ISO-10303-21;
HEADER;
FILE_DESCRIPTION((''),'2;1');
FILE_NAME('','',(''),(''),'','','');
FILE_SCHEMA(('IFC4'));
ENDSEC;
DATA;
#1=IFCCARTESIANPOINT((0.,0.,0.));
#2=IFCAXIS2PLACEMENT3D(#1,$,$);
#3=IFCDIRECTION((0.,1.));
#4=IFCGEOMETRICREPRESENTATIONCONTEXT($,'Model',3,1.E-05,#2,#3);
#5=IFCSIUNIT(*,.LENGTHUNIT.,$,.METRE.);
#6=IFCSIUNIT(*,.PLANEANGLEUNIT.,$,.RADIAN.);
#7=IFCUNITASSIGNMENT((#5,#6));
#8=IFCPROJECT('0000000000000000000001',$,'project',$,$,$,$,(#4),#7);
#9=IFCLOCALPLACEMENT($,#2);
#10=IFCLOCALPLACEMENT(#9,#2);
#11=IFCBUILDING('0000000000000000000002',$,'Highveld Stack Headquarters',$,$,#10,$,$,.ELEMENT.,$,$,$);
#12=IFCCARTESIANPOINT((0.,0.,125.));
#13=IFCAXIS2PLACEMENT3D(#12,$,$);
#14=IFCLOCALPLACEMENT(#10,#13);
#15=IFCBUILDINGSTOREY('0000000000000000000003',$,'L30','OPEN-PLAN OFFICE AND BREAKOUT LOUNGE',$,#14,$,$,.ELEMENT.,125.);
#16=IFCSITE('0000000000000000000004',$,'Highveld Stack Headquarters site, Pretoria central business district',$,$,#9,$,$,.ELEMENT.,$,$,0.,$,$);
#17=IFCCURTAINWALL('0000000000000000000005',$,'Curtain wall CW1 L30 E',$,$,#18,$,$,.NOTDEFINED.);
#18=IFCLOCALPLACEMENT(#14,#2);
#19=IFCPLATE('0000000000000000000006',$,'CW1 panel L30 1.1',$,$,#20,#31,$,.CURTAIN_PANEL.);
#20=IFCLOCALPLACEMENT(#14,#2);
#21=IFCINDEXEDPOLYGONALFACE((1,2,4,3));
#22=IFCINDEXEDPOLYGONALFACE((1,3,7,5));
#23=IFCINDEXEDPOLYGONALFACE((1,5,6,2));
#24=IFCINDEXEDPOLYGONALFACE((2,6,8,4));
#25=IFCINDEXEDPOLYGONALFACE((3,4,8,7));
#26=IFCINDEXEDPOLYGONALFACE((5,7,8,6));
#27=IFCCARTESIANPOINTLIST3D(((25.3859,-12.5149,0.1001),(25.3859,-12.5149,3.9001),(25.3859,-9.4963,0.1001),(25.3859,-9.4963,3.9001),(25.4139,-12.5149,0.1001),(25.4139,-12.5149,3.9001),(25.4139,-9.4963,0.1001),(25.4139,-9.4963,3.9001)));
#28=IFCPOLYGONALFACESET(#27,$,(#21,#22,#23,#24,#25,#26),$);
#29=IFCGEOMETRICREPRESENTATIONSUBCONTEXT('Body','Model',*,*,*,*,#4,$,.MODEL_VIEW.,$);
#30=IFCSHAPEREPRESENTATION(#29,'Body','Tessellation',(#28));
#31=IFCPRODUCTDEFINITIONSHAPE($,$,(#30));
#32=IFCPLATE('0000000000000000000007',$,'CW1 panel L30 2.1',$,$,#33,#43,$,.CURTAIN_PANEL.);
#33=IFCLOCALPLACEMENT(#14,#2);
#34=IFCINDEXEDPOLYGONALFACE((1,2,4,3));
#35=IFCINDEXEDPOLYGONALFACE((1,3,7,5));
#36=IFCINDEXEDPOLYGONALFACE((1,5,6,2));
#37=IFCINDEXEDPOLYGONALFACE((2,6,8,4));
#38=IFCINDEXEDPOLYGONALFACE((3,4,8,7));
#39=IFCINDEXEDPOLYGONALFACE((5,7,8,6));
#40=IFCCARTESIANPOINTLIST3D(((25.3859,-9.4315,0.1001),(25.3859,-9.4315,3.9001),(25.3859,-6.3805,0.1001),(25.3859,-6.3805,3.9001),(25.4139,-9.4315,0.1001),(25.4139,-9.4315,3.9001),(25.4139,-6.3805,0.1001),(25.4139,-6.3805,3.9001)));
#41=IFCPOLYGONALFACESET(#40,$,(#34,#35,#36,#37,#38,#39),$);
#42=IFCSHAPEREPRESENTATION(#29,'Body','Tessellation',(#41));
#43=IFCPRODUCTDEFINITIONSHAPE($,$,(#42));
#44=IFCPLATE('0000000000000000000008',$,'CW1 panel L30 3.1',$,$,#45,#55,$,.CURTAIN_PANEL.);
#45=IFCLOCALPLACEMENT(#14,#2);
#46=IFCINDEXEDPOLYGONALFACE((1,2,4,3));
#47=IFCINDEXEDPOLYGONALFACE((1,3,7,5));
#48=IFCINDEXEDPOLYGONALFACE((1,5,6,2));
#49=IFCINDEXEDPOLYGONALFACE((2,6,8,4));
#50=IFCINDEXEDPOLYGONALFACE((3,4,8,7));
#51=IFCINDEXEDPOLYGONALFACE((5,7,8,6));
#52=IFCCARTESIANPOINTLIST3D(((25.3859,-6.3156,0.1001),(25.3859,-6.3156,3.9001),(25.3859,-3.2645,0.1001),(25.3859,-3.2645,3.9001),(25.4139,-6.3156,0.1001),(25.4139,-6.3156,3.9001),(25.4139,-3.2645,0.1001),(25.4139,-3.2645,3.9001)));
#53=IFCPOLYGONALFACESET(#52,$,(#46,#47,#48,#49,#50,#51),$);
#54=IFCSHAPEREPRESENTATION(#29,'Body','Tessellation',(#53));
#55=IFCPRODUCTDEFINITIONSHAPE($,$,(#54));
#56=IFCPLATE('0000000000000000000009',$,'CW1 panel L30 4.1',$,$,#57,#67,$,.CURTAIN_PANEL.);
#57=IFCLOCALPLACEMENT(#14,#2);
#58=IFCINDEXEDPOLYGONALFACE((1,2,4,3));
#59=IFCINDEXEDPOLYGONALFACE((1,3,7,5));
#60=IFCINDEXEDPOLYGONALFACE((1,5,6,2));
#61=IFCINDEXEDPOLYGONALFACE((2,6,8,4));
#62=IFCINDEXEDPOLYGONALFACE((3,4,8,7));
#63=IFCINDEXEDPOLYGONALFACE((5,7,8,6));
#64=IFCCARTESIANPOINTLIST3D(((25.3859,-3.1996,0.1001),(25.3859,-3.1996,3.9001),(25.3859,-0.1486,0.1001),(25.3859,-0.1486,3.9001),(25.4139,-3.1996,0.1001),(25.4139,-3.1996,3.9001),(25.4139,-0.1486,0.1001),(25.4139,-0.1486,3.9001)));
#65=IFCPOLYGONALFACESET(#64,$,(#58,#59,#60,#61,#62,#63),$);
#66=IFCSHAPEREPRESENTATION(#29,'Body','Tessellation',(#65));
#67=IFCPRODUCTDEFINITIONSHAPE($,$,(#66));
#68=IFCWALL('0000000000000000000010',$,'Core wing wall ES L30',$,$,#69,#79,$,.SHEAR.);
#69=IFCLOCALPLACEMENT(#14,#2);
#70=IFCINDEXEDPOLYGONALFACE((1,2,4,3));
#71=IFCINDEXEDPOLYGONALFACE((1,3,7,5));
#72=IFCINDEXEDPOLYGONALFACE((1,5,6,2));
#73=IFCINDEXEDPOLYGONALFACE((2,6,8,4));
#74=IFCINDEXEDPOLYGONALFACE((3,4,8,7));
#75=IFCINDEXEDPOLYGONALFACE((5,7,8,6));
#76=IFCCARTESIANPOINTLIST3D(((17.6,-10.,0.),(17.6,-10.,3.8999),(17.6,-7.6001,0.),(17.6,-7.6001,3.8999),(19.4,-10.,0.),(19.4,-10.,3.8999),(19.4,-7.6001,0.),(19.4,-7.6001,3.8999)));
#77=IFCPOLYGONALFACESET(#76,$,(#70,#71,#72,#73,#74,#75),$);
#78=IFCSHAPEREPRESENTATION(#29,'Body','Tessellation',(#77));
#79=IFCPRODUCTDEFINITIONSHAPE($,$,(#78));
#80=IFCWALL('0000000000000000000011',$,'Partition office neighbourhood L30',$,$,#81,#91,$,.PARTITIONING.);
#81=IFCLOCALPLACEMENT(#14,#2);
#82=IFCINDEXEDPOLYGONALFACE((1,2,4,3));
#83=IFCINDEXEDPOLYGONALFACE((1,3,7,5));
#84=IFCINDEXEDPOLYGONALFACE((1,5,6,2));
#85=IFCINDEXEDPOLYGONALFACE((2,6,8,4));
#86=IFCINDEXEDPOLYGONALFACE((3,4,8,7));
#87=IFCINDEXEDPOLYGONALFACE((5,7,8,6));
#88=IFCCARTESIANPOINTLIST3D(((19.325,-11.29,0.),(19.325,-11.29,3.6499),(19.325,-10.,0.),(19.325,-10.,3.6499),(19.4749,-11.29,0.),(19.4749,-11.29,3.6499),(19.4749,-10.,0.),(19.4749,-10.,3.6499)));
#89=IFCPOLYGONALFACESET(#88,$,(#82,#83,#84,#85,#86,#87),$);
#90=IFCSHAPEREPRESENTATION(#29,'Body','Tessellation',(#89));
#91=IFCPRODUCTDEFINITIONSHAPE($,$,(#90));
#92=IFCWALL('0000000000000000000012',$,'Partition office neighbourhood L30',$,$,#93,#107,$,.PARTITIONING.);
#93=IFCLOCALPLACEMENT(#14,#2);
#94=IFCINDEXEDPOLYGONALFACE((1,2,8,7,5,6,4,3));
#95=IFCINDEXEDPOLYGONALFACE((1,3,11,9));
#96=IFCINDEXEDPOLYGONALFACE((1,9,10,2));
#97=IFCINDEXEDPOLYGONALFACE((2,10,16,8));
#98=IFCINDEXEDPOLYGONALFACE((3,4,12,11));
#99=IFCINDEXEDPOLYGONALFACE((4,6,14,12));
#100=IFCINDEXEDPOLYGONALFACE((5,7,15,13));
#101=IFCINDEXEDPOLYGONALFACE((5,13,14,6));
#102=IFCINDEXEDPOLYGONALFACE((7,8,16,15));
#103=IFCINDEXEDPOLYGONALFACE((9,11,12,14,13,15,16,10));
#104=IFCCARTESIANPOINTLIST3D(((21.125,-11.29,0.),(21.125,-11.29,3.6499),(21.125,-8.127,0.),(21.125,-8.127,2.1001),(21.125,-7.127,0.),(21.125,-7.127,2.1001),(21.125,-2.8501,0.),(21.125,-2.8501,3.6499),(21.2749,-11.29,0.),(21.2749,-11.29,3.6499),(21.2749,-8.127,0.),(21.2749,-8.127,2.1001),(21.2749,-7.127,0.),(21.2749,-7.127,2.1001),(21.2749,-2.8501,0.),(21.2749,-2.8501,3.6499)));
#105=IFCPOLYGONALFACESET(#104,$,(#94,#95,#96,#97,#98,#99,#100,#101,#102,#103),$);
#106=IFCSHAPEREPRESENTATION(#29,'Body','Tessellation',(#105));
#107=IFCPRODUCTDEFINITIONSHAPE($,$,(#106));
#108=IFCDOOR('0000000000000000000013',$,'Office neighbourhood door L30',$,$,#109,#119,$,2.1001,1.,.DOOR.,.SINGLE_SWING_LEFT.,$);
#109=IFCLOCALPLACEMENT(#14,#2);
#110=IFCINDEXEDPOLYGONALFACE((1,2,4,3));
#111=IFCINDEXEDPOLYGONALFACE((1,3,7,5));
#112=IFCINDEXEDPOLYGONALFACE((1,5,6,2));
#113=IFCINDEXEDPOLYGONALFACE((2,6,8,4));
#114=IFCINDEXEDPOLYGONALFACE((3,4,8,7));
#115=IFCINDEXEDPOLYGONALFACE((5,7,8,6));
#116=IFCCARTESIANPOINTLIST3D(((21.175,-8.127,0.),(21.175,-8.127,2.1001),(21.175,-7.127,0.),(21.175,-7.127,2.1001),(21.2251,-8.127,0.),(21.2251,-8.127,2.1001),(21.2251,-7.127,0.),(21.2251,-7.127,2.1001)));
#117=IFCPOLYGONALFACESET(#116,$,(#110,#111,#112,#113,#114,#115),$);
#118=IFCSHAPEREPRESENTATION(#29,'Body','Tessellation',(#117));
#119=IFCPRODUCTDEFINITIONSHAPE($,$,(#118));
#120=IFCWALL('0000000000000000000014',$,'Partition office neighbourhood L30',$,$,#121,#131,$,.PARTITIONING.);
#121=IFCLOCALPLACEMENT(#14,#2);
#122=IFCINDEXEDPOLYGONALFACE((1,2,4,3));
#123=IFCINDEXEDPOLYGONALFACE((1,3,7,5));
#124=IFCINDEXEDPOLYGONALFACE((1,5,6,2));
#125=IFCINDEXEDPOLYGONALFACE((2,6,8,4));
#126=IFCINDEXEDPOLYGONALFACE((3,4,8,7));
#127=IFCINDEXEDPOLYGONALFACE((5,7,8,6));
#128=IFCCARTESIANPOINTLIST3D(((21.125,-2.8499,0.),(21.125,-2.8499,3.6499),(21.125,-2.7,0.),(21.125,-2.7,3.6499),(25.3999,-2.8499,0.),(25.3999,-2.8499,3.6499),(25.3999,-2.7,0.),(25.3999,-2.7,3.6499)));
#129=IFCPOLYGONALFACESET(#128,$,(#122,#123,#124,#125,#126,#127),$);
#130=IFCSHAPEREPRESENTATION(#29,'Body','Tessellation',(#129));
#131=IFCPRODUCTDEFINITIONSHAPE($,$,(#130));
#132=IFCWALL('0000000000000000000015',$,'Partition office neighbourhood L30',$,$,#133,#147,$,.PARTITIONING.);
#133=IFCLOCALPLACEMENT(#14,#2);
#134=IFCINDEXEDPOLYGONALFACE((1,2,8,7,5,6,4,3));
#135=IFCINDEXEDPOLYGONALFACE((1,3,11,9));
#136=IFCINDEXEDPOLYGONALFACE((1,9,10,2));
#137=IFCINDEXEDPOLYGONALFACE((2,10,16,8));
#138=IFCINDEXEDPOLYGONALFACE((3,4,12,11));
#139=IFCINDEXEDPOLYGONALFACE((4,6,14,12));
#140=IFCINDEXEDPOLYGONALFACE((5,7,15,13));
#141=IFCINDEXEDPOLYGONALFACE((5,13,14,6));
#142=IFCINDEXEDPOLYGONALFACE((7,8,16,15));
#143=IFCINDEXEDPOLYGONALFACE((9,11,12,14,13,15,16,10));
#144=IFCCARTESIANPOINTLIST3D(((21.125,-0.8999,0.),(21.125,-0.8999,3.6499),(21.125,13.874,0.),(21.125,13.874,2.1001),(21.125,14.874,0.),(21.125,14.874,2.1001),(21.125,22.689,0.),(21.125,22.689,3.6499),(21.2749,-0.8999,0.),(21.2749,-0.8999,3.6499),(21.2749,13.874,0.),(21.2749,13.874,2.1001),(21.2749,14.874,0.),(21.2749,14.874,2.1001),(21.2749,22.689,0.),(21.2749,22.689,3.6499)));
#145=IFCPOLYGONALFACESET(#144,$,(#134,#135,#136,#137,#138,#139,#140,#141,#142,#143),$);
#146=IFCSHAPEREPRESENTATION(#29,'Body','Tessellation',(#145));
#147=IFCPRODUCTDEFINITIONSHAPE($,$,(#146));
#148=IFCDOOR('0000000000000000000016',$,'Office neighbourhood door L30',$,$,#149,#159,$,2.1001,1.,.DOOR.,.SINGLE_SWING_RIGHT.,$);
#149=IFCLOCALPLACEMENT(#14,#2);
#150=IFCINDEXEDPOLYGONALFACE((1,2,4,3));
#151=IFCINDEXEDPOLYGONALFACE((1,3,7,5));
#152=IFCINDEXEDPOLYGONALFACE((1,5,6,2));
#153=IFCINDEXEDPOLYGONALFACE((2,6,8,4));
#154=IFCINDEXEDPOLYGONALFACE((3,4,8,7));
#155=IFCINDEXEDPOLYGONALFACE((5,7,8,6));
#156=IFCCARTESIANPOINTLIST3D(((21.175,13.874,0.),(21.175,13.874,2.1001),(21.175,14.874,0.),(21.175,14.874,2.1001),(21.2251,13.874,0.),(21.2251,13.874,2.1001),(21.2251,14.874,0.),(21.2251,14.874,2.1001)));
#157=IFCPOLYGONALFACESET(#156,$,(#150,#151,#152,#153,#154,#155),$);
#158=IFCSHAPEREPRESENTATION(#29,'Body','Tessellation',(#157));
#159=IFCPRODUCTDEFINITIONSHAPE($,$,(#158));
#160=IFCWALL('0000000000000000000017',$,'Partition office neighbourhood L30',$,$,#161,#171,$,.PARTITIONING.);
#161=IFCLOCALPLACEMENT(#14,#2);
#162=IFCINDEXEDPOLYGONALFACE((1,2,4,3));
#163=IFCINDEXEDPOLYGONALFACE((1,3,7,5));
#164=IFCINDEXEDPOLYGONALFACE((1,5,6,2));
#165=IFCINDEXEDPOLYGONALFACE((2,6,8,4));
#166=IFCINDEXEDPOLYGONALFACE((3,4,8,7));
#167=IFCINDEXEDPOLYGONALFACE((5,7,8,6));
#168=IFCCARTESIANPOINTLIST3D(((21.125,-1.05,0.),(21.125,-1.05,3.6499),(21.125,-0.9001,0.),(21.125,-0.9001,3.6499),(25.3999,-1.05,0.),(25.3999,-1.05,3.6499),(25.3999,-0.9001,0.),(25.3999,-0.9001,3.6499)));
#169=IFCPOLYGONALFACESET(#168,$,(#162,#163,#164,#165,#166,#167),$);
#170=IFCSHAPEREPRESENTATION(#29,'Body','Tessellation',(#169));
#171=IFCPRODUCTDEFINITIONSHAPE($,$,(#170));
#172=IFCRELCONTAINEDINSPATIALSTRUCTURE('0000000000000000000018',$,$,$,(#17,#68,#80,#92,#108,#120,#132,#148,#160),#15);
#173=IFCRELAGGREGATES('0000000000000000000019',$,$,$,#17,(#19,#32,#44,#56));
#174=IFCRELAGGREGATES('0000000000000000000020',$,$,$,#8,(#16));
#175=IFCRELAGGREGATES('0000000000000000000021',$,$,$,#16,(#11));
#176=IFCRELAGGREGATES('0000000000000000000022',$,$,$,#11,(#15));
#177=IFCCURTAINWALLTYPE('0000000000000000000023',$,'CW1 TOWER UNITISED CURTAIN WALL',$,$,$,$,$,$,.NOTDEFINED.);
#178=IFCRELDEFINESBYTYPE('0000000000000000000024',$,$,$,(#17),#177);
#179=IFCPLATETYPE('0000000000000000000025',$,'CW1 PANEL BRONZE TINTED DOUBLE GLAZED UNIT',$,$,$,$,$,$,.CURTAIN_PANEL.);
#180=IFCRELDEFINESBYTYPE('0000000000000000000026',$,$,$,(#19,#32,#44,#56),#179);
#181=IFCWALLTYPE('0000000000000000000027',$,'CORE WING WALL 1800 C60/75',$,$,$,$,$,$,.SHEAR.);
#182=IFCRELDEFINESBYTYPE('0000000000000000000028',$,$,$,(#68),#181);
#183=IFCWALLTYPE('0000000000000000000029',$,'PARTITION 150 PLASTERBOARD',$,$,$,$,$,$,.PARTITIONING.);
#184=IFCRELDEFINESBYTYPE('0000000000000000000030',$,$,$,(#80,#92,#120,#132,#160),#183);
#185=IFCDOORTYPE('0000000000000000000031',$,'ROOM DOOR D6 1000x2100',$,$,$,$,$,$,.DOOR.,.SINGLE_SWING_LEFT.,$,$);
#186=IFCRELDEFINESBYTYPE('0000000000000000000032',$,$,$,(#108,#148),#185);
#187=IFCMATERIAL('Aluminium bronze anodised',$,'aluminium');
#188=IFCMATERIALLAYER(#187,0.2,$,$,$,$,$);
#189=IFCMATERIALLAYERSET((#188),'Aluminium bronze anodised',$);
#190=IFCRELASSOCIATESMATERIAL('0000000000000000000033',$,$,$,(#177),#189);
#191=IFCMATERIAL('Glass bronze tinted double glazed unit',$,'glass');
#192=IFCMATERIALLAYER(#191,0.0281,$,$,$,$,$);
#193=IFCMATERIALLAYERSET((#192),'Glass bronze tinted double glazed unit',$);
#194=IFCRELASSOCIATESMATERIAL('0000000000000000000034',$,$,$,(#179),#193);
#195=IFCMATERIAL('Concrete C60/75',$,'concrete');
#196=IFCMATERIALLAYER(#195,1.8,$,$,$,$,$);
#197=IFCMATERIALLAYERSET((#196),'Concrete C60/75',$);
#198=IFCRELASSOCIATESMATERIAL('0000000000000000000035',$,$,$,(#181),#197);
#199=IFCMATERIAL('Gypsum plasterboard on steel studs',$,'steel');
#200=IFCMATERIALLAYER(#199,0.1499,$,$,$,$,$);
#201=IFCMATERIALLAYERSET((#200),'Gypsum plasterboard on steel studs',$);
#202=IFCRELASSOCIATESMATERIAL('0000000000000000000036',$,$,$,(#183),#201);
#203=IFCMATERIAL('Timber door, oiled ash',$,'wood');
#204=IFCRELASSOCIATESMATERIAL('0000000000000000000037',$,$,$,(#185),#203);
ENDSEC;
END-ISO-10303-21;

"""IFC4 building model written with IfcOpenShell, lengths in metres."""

from ifc_helpers import new_model, si_unit, direction, frame, frame_2d, origin, origin_2d, place, context, subcontext, project, spatial, rectangle, extrude, material, layer, layer_set, type_object, element, fill, aggregate, save


model = new_model("IFC4")

# Units and contexts
model_context = context("Model", 3, precision=1e-05, world=origin(), true_north=direction((0.0, 1.0)))
body_context = subcontext(model_context, "Body", "Model", "MODEL_VIEW")
ifc_project = project(units=[si_unit("LENGTHUNIT", "METRE"), si_unit("PLANEANGLEUNIT", "RADIAN")], contexts=[model_context])

# Site, building, storey
site_placement = place(None, origin())
site = spatial("IfcSite", under=ifc_project, at=site_placement, Name="Highveld Stack Headquarters site, Pretoria central business district", CompositionType="ELEMENT", RefElevation=0.0)
building_placement = place(site_placement, origin())
building = spatial("IfcBuilding", under=site, at=building_placement, Name="Highveld Stack Headquarters", CompositionType="ELEMENT")
storey_placement = place(building_placement, frame((0.0, 0.0, 125.0)))
storey = spatial("IfcBuildingStorey", under=building, at=storey_placement, Name="L30", Description="OPEN-PLAN OFFICE AND BREAKOUT LOUNGE", CompositionType="ELEMENT", Elevation=125.0)

# Curtain wall
ifc_material_1 = material(Name="Aluminium bronze anodised", Category="aluminium")
ifc_layer_1 = layer(ifc_material_1, 0.2)
ifc_layer_set_1 = layer_set([ifc_layer_1], Name="Aluminium bronze anodised")
curtain_wall_type = type_object("IfcCurtainWallType", Name="CW1 TOWER UNITISED CURTAIN WALL", PredefinedType="NOTDEFINED", material=ifc_layer_set_1)
curtain_wall_placement = place(storey_placement, origin())
curtain_wall = element("IfcCurtainWall", 1, at=curtain_wall_placement, inside=storey, type_object=curtain_wall_type, Name="Curtain wall CW1 L30 E", PredefinedType="NOTDEFINED")

# Plates
ifc_material_2 = material(Name="Glass bronze tinted double glazed unit", Category="glass")
ifc_layer_2 = layer(ifc_material_2, 0.0281)
ifc_layer_set_2 = layer_set([ifc_layer_2], Name="Glass bronze tinted double glazed unit")
plate_type = type_object("IfcPlateType", Name="CW1 PANEL BRONZE TINTED DOUBLE GLAZED UNIT", PredefinedType="CURTAIN_PANEL", material=ifc_layer_set_2)
plate_1_placement = place(storey_placement, frame((25.3999, -11.0056, 0.1001), z_axis=(0.0, 0.0, 1.0), x_axis=(0.0, 1.0, 0.0)))
plate_1 = element("IfcPlate", 2, at=plate_1_placement, type_object=plate_type, Name="CW1 panel L30 1.1", PredefinedType="CURTAIN_PANEL", context=body_context, shape_type="SweptSolid", body=[
    extrude(rectangle(XDim=3.0186, YDim=0.0281, at=origin_2d()), origin(), (0.0, 0.0, 1.0), 3.8),
])
plate_2_placement = place(storey_placement, frame((25.3999, -7.906, 0.1001), z_axis=(0.0, 0.0, 1.0), x_axis=(0.0, 1.0, 0.0)))
plate_2 = element("IfcPlate", 3, at=plate_2_placement, type_object=plate_type, Name="CW1 panel L30 2.1", PredefinedType="CURTAIN_PANEL", context=body_context, shape_type="SweptSolid", body=[
    extrude(rectangle(XDim=3.051, YDim=0.0281, at=origin_2d()), origin(), (0.0, 0.0, 1.0), 3.8),
])
plate_3_placement = place(storey_placement, frame((25.3999, -4.79, 0.1001), z_axis=(0.0, 0.0, 1.0), x_axis=(0.0, 1.0, 0.0)))
plate_3 = element("IfcPlate", 4, at=plate_3_placement, type_object=plate_type, Name="CW1 panel L30 3.1", PredefinedType="CURTAIN_PANEL", context=body_context, shape_type="SweptSolid", body=[
    extrude(rectangle(XDim=3.051, YDim=0.0281, at=origin_2d()), origin(), (0.0, 0.0, 1.0), 3.8),
])
plate_4_placement = place(storey_placement, frame((25.3999, -1.6741, 0.1001), z_axis=(0.0, 0.0, 1.0), x_axis=(0.0, 1.0, 0.0)))
plate_4 = element("IfcPlate", 5, at=plate_4_placement, type_object=plate_type, Name="CW1 panel L30 4.1", PredefinedType="CURTAIN_PANEL", context=body_context, shape_type="SweptSolid", body=[
    extrude(rectangle(XDim=3.051, YDim=0.0281, at=origin_2d()), origin(), (0.0, 0.0, 1.0), 3.8),
])
aggregate(curtain_wall, [plate_1, plate_2, plate_3, plate_4])

# Walls
ifc_material_3 = material(Name="Concrete C60/75", Category="concrete")
ifc_layer_3 = layer(ifc_material_3, 1.8)
ifc_layer_set_3 = layer_set([ifc_layer_3], Name="Concrete C60/75")
wall_type_1 = type_object("IfcWallType", Name="CORE WING WALL 1800 C60/75", PredefinedType="SHEAR", material=ifc_layer_set_3)
wall_1_placement = place(storey_placement, frame((18.5, -10.0, 0.0), z_axis=(0.0, 0.0, 1.0), x_axis=(0.0, 1.0, 0.0)))
element("IfcWall", 6, at=wall_1_placement, inside=storey, type_object=wall_type_1, Name="Core wing wall ES L30", PredefinedType="SHEAR", context=body_context, shape_type="SweptSolid", body=[
    extrude(rectangle(XDim=2.3999, YDim=1.8, at=frame_2d((1.2, 0.0))), origin(), (0.0, 0.0, 1.0), 3.8999),
])
ifc_material_4 = material(Name="Gypsum plasterboard on steel studs", Category="steel")
ifc_layer_4 = layer(ifc_material_4, 0.1499)
ifc_layer_set_4 = layer_set([ifc_layer_4], Name="Gypsum plasterboard on steel studs")
wall_type_2 = type_object("IfcWallType", Name="PARTITION 150 PLASTERBOARD", PredefinedType="PARTITIONING", material=ifc_layer_set_4)
wall_2_placement = place(storey_placement, frame((19.3999, -11.29, 0.0), z_axis=(0.0, 0.0, 1.0), x_axis=(0.0, 1.0, 0.0)))
element("IfcWall", 7, at=wall_2_placement, inside=storey, type_object=wall_type_2, Name="Partition office neighbourhood L30", PredefinedType="PARTITIONING", context=body_context, shape_type="SweptSolid", body=[
    extrude(rectangle(XDim=1.29, YDim=0.1499, at=frame_2d((0.645, 0.0))), origin(), (0.0, 0.0, 1.0), 3.6499),
])

# Wall, opening, door
wall_3_placement = place(storey_placement, frame((21.2, -11.29, 0.0), z_axis=(0.0, 0.0, 1.0), x_axis=(0.0, 1.0, 0.0)))
wall_3 = element("IfcWall", 8, at=wall_3_placement, inside=storey, type_object=wall_type_2, Name="Partition office neighbourhood L30", PredefinedType="PARTITIONING", context=body_context, shape_type="SweptSolid", body=[
    extrude(rectangle(XDim=8.4399, YDim=0.1499, at=frame_2d((4.22, 0.0))), origin(), (0.0, 0.0, 1.0), 3.6499),
])
opening_1_placement = place(wall_3_placement, frame((3.1631, 0.0, 0.0)))
opening_1 = element("IfcOpeningElement", 9, at=opening_1_placement, cuts=wall_3, PredefinedType="OPENING", context=body_context, shape_type="SweptSolid", body=[
    extrude(rectangle(XDim=1.0, YDim=2.1001, at=frame_2d((0.5, 1.05))), frame((0.0, 0.085, 0.0), z_axis=(0.0, -1.0, 0.0), x_axis=(1.0, 0.0, 0.0)), (0.0, 0.0, 1.0), 0.1699),
])
ifc_material_5 = material(Name="Timber door, oiled ash", Category="wood")
door_type_1 = type_object("IfcDoorType", Name="ROOM DOOR D6 1000x2100", OperationType="SINGLE_SWING_LEFT", PredefinedType="DOOR", material=ifc_material_5)
door_1_placement = place(opening_1_placement, origin())
door_1 = element("IfcDoor", 10, at=door_1_placement, inside=storey, type_object=door_type_1, Name="Office neighbourhood door L30", OperationType="SINGLE_SWING_LEFT", OverallHeight=2.1001, OverallWidth=1.0, PredefinedType="DOOR", context=body_context, shape_type="SweptSolid", body=[
    extrude(rectangle(XDim=1.0, YDim=2.1001, at=frame_2d((0.5, 1.05))), frame((0.0, 0.0249, 0.0), z_axis=(0.0, -1.0, 0.0), x_axis=(1.0, 0.0, 0.0)), (0.0, 0.0, 1.0), 0.05),
])
fill(opening_1, door_1)

# Wall
wall_4_placement = place(storey_placement, frame((21.125, -2.7749, 0.0), z_axis=(0.0, 0.0, 1.0), x_axis=(1.0, 0.0, 0.0)))
element("IfcWall", 11, at=wall_4_placement, inside=storey, type_object=wall_type_2, Name="Partition office neighbourhood L30", PredefinedType="PARTITIONING", context=body_context, shape_type="SweptSolid", body=[
    extrude(rectangle(XDim=4.2749, YDim=0.1499, at=frame_2d((2.1375, 0.0))), origin(), (0.0, 0.0, 1.0), 3.6499),
])

# Wall, opening, door
wall_5_placement = place(storey_placement, frame((21.2, -0.8999, 0.0), z_axis=(0.0, 0.0, 1.0), x_axis=(0.0, 1.0, 0.0)))
wall_5 = element("IfcWall", 12, at=wall_5_placement, inside=storey, type_object=wall_type_2, Name="Partition office neighbourhood L30", PredefinedType="PARTITIONING", context=body_context, shape_type="SweptSolid", body=[
    extrude(rectangle(XDim=23.5889, YDim=0.1499, at=frame_2d((11.7944, 0.0))), origin(), (0.0, 0.0, 1.0), 3.6499),
])
opening_2_placement = place(wall_5_placement, frame((14.7739, 0.0, 0.0)))
opening_2 = element("IfcOpeningElement", 13, at=opening_2_placement, cuts=wall_5, PredefinedType="OPENING", context=body_context, shape_type="SweptSolid", body=[
    extrude(rectangle(XDim=1.0, YDim=2.1001, at=frame_2d((0.5, 1.05))), frame((0.0, 0.085, 0.0), z_axis=(0.0, -1.0, 0.0), x_axis=(1.0, 0.0, 0.0)), (0.0, 0.0, 1.0), 0.1699),
])
door_2_placement = place(opening_2_placement, origin())
door_2 = element("IfcDoor", 14, at=door_2_placement, inside=storey, type_object=door_type_1, Name="Office neighbourhood door L30", OperationType="SINGLE_SWING_RIGHT", OverallHeight=2.1001, OverallWidth=1.0, PredefinedType="DOOR", context=body_context, shape_type="SweptSolid", body=[
    extrude(rectangle(XDim=1.0, YDim=2.1001, at=frame_2d((0.5, 1.05))), frame((0.0, 0.0249, 0.0), z_axis=(0.0, -1.0, 0.0), x_axis=(1.0, 0.0, 0.0)), (0.0, 0.0, 1.0), 0.05),
])
fill(opening_2, door_2)

# Wall
wall_6_placement = place(storey_placement, frame((21.125, -0.9751, 0.0), z_axis=(0.0, 0.0, 1.0), x_axis=(1.0, 0.0, 0.0)))
element("IfcWall", 15, at=wall_6_placement, inside=storey, type_object=wall_type_2, Name="Partition office neighbourhood L30", PredefinedType="PARTITIONING", context=body_context, shape_type="SweptSolid", body=[
    extrude(rectangle(XDim=4.2749, YDim=0.1499, at=frame_2d((2.1375, 0.0))), origin(), (0.0, 0.0, 1.0), 3.6499),
])

save(model, "model.ifc")
